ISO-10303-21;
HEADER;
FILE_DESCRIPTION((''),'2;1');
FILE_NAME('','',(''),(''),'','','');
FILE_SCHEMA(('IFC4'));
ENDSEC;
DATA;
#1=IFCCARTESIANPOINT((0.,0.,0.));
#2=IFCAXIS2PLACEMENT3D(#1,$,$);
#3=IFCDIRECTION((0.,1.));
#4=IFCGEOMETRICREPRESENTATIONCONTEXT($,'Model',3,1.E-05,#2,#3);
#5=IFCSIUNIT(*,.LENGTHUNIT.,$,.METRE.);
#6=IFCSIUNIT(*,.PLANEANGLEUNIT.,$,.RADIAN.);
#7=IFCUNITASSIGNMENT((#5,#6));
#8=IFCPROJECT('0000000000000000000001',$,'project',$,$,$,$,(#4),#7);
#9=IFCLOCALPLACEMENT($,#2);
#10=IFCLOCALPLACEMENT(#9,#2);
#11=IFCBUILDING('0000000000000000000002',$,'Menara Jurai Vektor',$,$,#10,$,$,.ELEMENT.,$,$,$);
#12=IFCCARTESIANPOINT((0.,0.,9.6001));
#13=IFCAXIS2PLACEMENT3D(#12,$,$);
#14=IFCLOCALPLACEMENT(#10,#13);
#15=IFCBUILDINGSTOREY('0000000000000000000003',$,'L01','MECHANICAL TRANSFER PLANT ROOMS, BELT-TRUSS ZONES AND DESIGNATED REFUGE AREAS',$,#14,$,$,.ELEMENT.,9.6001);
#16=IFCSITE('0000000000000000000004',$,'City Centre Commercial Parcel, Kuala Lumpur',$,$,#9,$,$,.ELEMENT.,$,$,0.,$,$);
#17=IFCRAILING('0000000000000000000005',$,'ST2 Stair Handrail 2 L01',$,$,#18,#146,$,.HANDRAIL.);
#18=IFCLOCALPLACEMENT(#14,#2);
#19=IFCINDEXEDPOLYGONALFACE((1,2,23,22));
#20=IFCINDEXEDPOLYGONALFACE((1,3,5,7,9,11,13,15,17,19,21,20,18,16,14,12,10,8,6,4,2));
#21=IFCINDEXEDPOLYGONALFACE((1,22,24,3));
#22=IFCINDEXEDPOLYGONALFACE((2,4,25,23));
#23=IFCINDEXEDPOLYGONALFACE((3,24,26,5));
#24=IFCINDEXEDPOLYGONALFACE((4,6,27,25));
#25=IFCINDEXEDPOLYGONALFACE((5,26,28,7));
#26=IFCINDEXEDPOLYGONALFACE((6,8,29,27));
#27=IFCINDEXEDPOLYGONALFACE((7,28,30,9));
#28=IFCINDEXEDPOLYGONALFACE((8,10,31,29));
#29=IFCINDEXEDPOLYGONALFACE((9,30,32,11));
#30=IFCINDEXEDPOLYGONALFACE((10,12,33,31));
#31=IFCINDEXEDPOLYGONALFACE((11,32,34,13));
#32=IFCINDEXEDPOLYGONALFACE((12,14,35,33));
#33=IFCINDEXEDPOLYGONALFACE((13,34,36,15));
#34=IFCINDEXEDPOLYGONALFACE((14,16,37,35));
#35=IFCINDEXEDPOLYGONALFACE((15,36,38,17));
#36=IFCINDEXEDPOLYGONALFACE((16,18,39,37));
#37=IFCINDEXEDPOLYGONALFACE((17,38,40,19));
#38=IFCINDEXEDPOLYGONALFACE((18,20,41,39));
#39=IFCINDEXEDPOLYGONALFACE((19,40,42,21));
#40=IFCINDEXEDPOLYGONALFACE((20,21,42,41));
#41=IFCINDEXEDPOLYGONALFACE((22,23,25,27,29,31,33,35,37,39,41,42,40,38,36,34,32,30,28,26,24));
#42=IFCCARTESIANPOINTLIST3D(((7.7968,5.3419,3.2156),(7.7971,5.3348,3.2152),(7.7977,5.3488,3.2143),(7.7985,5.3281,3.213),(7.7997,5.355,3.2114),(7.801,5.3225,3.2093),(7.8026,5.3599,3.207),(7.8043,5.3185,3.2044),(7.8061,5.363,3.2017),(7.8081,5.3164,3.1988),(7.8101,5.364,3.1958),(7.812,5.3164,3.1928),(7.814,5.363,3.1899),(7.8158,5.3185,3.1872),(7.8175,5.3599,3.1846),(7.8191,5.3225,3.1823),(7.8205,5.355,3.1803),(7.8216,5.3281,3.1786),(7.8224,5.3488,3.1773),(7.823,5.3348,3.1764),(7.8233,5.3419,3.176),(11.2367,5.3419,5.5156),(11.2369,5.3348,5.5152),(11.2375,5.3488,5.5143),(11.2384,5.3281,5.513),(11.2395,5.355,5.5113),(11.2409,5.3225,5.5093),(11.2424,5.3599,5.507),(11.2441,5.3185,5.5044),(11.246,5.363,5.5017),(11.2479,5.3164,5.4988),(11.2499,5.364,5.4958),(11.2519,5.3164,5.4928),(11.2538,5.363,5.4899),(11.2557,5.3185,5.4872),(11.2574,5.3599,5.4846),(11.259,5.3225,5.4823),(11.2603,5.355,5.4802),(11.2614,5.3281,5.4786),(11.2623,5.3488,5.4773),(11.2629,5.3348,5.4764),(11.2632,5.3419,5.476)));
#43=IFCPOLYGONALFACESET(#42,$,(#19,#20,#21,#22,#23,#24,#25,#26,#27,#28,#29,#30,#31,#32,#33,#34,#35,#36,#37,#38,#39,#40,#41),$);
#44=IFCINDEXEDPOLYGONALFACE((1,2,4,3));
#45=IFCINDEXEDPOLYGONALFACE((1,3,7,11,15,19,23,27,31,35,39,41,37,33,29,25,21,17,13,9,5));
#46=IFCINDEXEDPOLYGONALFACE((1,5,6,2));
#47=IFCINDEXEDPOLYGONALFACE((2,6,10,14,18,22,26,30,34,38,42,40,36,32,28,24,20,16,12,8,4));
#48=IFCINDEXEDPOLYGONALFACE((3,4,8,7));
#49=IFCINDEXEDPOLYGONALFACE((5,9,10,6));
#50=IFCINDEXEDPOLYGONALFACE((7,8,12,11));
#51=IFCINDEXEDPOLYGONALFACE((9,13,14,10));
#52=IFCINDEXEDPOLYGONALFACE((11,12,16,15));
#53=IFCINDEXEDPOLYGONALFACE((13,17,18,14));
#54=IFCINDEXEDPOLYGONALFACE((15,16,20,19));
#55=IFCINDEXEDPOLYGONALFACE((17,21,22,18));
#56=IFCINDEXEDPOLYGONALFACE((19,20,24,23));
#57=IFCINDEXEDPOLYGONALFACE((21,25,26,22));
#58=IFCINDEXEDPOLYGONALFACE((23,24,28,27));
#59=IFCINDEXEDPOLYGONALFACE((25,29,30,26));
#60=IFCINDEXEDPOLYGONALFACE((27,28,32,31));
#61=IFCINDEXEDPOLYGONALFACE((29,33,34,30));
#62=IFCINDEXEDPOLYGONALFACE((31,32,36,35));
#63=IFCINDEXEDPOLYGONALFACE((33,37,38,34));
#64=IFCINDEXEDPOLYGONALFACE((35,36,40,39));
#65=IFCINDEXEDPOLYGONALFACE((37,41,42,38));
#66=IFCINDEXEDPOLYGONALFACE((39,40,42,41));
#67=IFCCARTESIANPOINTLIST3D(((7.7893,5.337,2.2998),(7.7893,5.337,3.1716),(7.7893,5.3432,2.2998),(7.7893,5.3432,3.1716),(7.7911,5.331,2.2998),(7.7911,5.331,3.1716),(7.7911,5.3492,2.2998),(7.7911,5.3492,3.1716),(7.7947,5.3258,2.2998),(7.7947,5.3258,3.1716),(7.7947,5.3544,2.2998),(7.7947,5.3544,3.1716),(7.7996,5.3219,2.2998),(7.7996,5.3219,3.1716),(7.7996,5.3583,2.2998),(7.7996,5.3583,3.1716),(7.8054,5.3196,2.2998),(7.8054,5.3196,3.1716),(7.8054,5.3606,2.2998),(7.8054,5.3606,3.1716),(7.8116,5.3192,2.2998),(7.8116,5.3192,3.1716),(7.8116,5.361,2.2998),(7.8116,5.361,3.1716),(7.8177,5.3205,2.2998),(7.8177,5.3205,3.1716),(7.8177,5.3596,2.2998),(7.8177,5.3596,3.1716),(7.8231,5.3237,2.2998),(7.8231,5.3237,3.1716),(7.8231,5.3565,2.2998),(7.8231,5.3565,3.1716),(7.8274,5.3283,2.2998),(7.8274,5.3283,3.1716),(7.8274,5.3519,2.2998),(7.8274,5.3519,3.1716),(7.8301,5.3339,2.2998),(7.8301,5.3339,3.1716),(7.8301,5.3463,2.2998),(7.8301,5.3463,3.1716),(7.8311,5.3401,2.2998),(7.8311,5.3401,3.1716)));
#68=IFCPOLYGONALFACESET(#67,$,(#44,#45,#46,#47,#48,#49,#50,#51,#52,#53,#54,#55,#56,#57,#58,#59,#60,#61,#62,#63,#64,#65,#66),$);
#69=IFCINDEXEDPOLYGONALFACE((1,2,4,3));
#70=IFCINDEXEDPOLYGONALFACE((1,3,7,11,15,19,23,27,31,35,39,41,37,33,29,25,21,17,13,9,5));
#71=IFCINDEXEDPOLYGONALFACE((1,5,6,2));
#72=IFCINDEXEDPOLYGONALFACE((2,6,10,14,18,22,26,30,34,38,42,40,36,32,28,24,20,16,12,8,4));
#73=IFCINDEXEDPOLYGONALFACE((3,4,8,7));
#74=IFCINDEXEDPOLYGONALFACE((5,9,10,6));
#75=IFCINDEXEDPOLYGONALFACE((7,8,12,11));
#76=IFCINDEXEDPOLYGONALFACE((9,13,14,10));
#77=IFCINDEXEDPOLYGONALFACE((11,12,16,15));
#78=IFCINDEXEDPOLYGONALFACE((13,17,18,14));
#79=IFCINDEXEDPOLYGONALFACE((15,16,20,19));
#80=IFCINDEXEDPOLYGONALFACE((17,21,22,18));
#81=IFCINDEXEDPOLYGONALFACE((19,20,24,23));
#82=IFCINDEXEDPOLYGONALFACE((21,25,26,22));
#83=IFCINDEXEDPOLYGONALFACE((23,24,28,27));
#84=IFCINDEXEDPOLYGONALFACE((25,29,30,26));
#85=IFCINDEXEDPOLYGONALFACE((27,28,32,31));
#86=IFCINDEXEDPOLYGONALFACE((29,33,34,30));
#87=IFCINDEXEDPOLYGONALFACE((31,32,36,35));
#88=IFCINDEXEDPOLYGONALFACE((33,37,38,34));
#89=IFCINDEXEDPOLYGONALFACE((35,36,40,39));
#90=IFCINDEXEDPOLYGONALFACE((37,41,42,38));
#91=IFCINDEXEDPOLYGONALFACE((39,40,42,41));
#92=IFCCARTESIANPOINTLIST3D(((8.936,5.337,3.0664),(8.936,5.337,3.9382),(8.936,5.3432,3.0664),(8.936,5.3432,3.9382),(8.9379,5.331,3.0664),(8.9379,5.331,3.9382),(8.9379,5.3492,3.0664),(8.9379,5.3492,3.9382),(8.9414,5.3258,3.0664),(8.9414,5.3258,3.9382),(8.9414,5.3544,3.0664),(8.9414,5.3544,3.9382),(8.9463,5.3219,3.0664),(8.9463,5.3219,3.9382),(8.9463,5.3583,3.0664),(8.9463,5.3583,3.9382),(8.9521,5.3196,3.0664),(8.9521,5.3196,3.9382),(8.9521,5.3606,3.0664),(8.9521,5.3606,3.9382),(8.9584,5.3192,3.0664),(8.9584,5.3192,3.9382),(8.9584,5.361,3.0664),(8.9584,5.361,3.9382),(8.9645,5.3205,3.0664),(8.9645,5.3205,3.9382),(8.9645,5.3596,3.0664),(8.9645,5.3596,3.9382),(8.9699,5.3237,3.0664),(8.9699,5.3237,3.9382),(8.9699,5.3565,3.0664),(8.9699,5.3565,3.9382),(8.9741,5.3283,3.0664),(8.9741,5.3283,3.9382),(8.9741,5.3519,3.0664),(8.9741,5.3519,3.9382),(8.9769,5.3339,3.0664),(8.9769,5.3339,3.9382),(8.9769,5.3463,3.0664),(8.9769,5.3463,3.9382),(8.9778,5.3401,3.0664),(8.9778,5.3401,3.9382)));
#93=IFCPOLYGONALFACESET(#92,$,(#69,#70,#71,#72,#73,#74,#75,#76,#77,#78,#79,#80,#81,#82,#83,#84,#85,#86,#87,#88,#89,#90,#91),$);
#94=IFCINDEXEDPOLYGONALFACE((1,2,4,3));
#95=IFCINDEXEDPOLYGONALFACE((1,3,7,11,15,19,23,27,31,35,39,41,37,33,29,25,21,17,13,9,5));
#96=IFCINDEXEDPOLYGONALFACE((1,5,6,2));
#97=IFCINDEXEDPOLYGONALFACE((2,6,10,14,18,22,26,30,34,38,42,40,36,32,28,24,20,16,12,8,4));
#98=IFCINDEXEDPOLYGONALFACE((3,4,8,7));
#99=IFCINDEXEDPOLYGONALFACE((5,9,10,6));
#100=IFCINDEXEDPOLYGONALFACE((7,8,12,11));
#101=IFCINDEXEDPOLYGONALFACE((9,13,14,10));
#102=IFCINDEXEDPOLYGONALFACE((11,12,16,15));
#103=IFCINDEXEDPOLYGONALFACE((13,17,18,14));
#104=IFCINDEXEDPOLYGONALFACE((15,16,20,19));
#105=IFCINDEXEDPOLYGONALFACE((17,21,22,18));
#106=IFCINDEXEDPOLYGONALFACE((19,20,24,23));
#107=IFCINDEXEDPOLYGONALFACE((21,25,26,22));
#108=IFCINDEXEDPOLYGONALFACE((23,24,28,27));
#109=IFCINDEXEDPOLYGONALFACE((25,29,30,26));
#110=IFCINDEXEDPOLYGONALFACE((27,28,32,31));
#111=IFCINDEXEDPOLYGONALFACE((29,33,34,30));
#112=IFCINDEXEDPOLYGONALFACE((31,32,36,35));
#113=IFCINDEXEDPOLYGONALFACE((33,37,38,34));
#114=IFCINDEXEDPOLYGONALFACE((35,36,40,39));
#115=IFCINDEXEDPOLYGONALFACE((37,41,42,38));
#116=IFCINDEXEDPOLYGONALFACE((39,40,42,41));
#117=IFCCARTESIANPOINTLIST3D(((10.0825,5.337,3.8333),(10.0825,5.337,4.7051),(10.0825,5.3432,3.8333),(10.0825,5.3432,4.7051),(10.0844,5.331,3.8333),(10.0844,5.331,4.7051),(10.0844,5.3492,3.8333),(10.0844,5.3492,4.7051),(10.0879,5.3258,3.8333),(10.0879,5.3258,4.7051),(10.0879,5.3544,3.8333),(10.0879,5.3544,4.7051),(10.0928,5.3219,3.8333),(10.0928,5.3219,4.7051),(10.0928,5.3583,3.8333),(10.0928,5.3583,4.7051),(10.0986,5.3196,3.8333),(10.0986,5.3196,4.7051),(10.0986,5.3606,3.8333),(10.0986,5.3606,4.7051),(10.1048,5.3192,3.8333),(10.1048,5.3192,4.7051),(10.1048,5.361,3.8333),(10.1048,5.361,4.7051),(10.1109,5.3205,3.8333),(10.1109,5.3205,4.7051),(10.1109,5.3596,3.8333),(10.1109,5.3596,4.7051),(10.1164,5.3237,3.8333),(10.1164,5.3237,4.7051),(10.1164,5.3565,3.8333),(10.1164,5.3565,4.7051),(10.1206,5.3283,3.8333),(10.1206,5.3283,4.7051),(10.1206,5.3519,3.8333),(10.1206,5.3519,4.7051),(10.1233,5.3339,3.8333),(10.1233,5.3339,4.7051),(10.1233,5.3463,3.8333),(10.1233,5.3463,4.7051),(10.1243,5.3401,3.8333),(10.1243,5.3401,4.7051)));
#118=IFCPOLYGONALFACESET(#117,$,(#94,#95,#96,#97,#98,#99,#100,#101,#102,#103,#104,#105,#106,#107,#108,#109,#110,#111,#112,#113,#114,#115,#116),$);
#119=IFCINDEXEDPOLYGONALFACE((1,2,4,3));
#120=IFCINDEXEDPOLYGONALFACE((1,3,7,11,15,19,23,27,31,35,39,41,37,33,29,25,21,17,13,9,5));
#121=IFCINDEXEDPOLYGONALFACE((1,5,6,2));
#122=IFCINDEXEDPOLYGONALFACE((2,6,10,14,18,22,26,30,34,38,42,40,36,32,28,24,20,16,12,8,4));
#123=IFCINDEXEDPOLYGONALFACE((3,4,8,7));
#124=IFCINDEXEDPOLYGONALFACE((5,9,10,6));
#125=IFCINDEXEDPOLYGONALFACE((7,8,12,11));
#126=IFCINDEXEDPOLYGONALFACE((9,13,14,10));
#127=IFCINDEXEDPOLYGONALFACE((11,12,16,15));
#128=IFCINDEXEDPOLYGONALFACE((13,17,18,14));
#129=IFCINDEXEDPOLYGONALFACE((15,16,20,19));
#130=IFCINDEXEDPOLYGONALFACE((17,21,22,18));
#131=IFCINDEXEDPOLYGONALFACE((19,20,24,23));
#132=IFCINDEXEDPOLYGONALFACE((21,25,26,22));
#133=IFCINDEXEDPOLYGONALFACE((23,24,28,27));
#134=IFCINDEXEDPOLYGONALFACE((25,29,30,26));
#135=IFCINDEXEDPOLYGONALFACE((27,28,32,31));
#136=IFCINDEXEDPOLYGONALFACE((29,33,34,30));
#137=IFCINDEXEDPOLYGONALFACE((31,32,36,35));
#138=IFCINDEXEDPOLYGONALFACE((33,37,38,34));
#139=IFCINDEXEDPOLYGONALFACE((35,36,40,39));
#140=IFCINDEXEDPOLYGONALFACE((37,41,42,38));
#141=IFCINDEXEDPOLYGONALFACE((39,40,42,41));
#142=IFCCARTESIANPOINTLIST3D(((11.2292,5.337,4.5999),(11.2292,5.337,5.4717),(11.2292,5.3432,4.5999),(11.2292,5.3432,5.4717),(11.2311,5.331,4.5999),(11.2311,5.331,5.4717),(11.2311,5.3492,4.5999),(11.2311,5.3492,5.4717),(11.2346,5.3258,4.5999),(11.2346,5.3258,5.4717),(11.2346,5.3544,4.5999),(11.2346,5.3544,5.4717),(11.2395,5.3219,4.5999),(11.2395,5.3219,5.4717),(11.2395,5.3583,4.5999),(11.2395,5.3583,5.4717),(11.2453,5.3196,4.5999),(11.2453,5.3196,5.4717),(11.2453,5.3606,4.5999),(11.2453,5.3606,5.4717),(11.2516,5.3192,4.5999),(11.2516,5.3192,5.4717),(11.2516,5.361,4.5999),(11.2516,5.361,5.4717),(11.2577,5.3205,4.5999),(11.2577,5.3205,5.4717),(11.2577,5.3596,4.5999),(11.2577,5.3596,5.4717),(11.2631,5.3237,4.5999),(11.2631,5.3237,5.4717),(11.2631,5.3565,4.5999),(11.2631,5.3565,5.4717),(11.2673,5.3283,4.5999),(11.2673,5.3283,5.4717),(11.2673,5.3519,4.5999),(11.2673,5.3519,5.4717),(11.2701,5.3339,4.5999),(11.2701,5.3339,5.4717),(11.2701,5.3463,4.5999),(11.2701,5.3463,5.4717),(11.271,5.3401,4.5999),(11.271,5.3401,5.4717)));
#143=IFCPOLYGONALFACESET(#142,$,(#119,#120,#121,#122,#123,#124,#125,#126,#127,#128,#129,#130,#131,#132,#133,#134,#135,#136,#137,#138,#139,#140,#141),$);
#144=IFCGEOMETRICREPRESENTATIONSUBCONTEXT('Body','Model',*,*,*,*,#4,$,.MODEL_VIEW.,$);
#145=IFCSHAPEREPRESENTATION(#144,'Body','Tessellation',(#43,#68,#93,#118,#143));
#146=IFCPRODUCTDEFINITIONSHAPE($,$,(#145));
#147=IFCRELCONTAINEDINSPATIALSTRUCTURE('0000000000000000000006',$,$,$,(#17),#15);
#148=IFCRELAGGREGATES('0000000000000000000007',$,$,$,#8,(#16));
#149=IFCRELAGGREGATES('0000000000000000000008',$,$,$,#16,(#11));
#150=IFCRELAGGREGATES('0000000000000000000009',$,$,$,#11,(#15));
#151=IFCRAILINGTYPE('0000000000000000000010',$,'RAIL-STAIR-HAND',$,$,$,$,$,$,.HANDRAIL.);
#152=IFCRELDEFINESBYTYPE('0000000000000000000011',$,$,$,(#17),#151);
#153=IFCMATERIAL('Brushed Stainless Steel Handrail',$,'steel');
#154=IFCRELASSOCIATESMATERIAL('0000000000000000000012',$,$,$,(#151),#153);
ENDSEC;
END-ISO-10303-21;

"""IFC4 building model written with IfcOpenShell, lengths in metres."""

from ifc_helpers import new_model, si_unit, direction, frame, origin, origin_2d, place, context, subcontext, project, spatial, circle, extrude, material, type_object, element, save


model = new_model("IFC4")

# Units and contexts
model_context = context("Model", 3, precision=1e-05, world=origin(), true_north=direction((0.0, 1.0)))
body_context = subcontext(model_context, "Body", "Model", "MODEL_VIEW")
ifc_project = project(units=[si_unit("LENGTHUNIT", "METRE"), si_unit("PLANEANGLEUNIT", "RADIAN")], contexts=[model_context])

# Site, building, storey
site_placement = place(None, origin())
site = spatial("IfcSite", under=ifc_project, at=site_placement, Name="City Centre Commercial Parcel, Kuala Lumpur", CompositionType="ELEMENT", RefElevation=0.0)
building_placement = place(site_placement, origin())
building = spatial("IfcBuilding", under=site, at=building_placement, Name="Menara Jurai Vektor", CompositionType="ELEMENT")
storey_placement = place(building_placement, frame((0.0, 0.0, 9.6001)))
storey = spatial("IfcBuildingStorey", under=building, at=storey_placement, Name="L01", Description="MECHANICAL TRANSFER PLANT ROOMS, BELT-TRUSS ZONES AND DESIGNATED REFUGE AREAS", CompositionType="ELEMENT", Elevation=9.6001)

# Railing
ifc_material_1 = material(Name="Brushed Stainless Steel Handrail", Category="steel")
railing_type_1 = type_object("IfcRailingType", Name="RAIL-STAIR-HAND", PredefinedType="HANDRAIL", material=ifc_material_1)
railing_1_placement = place(storey_placement, frame((7.8101, 5.3401, 2.2998)))
element("IfcRailing", 1, at=railing_1_placement, inside=storey, type_object=railing_type_1, Name="ST2 Stair Handrail 2 L01", PredefinedType="HANDRAIL", context=body_context, shape_type="SweptSolid", body=[
    extrude(circle(Radius=0.0239, at=origin_2d()), frame((0.0, 0.0, 0.896), z_axis=(0.831296, 0.0, 0.55583), x_axis=(0.0, 1.0, 0.0)), (0.0, 0.0, 1.0), 4.1379),
    extrude(circle(Radius=0.021, at=origin_2d()), origin(), (0.0, 0.0, 1.0), 0.8718),
    extrude(circle(Radius=0.021, at=origin_2d()), frame((1.1467, 0.0, 0.7666)), (0.0, 0.0, 1.0), 0.8718),
    extrude(circle(Radius=0.021, at=origin_2d()), frame((2.2932, 0.0, 1.5334)), (0.0, 0.0, 1.0), 0.8718),
    extrude(circle(Radius=0.021, at=origin_2d()), frame((3.4399, 0.0, 2.3)), (0.0, 0.0, 1.0), 0.8718),
])

save(model, "model.ifc")
